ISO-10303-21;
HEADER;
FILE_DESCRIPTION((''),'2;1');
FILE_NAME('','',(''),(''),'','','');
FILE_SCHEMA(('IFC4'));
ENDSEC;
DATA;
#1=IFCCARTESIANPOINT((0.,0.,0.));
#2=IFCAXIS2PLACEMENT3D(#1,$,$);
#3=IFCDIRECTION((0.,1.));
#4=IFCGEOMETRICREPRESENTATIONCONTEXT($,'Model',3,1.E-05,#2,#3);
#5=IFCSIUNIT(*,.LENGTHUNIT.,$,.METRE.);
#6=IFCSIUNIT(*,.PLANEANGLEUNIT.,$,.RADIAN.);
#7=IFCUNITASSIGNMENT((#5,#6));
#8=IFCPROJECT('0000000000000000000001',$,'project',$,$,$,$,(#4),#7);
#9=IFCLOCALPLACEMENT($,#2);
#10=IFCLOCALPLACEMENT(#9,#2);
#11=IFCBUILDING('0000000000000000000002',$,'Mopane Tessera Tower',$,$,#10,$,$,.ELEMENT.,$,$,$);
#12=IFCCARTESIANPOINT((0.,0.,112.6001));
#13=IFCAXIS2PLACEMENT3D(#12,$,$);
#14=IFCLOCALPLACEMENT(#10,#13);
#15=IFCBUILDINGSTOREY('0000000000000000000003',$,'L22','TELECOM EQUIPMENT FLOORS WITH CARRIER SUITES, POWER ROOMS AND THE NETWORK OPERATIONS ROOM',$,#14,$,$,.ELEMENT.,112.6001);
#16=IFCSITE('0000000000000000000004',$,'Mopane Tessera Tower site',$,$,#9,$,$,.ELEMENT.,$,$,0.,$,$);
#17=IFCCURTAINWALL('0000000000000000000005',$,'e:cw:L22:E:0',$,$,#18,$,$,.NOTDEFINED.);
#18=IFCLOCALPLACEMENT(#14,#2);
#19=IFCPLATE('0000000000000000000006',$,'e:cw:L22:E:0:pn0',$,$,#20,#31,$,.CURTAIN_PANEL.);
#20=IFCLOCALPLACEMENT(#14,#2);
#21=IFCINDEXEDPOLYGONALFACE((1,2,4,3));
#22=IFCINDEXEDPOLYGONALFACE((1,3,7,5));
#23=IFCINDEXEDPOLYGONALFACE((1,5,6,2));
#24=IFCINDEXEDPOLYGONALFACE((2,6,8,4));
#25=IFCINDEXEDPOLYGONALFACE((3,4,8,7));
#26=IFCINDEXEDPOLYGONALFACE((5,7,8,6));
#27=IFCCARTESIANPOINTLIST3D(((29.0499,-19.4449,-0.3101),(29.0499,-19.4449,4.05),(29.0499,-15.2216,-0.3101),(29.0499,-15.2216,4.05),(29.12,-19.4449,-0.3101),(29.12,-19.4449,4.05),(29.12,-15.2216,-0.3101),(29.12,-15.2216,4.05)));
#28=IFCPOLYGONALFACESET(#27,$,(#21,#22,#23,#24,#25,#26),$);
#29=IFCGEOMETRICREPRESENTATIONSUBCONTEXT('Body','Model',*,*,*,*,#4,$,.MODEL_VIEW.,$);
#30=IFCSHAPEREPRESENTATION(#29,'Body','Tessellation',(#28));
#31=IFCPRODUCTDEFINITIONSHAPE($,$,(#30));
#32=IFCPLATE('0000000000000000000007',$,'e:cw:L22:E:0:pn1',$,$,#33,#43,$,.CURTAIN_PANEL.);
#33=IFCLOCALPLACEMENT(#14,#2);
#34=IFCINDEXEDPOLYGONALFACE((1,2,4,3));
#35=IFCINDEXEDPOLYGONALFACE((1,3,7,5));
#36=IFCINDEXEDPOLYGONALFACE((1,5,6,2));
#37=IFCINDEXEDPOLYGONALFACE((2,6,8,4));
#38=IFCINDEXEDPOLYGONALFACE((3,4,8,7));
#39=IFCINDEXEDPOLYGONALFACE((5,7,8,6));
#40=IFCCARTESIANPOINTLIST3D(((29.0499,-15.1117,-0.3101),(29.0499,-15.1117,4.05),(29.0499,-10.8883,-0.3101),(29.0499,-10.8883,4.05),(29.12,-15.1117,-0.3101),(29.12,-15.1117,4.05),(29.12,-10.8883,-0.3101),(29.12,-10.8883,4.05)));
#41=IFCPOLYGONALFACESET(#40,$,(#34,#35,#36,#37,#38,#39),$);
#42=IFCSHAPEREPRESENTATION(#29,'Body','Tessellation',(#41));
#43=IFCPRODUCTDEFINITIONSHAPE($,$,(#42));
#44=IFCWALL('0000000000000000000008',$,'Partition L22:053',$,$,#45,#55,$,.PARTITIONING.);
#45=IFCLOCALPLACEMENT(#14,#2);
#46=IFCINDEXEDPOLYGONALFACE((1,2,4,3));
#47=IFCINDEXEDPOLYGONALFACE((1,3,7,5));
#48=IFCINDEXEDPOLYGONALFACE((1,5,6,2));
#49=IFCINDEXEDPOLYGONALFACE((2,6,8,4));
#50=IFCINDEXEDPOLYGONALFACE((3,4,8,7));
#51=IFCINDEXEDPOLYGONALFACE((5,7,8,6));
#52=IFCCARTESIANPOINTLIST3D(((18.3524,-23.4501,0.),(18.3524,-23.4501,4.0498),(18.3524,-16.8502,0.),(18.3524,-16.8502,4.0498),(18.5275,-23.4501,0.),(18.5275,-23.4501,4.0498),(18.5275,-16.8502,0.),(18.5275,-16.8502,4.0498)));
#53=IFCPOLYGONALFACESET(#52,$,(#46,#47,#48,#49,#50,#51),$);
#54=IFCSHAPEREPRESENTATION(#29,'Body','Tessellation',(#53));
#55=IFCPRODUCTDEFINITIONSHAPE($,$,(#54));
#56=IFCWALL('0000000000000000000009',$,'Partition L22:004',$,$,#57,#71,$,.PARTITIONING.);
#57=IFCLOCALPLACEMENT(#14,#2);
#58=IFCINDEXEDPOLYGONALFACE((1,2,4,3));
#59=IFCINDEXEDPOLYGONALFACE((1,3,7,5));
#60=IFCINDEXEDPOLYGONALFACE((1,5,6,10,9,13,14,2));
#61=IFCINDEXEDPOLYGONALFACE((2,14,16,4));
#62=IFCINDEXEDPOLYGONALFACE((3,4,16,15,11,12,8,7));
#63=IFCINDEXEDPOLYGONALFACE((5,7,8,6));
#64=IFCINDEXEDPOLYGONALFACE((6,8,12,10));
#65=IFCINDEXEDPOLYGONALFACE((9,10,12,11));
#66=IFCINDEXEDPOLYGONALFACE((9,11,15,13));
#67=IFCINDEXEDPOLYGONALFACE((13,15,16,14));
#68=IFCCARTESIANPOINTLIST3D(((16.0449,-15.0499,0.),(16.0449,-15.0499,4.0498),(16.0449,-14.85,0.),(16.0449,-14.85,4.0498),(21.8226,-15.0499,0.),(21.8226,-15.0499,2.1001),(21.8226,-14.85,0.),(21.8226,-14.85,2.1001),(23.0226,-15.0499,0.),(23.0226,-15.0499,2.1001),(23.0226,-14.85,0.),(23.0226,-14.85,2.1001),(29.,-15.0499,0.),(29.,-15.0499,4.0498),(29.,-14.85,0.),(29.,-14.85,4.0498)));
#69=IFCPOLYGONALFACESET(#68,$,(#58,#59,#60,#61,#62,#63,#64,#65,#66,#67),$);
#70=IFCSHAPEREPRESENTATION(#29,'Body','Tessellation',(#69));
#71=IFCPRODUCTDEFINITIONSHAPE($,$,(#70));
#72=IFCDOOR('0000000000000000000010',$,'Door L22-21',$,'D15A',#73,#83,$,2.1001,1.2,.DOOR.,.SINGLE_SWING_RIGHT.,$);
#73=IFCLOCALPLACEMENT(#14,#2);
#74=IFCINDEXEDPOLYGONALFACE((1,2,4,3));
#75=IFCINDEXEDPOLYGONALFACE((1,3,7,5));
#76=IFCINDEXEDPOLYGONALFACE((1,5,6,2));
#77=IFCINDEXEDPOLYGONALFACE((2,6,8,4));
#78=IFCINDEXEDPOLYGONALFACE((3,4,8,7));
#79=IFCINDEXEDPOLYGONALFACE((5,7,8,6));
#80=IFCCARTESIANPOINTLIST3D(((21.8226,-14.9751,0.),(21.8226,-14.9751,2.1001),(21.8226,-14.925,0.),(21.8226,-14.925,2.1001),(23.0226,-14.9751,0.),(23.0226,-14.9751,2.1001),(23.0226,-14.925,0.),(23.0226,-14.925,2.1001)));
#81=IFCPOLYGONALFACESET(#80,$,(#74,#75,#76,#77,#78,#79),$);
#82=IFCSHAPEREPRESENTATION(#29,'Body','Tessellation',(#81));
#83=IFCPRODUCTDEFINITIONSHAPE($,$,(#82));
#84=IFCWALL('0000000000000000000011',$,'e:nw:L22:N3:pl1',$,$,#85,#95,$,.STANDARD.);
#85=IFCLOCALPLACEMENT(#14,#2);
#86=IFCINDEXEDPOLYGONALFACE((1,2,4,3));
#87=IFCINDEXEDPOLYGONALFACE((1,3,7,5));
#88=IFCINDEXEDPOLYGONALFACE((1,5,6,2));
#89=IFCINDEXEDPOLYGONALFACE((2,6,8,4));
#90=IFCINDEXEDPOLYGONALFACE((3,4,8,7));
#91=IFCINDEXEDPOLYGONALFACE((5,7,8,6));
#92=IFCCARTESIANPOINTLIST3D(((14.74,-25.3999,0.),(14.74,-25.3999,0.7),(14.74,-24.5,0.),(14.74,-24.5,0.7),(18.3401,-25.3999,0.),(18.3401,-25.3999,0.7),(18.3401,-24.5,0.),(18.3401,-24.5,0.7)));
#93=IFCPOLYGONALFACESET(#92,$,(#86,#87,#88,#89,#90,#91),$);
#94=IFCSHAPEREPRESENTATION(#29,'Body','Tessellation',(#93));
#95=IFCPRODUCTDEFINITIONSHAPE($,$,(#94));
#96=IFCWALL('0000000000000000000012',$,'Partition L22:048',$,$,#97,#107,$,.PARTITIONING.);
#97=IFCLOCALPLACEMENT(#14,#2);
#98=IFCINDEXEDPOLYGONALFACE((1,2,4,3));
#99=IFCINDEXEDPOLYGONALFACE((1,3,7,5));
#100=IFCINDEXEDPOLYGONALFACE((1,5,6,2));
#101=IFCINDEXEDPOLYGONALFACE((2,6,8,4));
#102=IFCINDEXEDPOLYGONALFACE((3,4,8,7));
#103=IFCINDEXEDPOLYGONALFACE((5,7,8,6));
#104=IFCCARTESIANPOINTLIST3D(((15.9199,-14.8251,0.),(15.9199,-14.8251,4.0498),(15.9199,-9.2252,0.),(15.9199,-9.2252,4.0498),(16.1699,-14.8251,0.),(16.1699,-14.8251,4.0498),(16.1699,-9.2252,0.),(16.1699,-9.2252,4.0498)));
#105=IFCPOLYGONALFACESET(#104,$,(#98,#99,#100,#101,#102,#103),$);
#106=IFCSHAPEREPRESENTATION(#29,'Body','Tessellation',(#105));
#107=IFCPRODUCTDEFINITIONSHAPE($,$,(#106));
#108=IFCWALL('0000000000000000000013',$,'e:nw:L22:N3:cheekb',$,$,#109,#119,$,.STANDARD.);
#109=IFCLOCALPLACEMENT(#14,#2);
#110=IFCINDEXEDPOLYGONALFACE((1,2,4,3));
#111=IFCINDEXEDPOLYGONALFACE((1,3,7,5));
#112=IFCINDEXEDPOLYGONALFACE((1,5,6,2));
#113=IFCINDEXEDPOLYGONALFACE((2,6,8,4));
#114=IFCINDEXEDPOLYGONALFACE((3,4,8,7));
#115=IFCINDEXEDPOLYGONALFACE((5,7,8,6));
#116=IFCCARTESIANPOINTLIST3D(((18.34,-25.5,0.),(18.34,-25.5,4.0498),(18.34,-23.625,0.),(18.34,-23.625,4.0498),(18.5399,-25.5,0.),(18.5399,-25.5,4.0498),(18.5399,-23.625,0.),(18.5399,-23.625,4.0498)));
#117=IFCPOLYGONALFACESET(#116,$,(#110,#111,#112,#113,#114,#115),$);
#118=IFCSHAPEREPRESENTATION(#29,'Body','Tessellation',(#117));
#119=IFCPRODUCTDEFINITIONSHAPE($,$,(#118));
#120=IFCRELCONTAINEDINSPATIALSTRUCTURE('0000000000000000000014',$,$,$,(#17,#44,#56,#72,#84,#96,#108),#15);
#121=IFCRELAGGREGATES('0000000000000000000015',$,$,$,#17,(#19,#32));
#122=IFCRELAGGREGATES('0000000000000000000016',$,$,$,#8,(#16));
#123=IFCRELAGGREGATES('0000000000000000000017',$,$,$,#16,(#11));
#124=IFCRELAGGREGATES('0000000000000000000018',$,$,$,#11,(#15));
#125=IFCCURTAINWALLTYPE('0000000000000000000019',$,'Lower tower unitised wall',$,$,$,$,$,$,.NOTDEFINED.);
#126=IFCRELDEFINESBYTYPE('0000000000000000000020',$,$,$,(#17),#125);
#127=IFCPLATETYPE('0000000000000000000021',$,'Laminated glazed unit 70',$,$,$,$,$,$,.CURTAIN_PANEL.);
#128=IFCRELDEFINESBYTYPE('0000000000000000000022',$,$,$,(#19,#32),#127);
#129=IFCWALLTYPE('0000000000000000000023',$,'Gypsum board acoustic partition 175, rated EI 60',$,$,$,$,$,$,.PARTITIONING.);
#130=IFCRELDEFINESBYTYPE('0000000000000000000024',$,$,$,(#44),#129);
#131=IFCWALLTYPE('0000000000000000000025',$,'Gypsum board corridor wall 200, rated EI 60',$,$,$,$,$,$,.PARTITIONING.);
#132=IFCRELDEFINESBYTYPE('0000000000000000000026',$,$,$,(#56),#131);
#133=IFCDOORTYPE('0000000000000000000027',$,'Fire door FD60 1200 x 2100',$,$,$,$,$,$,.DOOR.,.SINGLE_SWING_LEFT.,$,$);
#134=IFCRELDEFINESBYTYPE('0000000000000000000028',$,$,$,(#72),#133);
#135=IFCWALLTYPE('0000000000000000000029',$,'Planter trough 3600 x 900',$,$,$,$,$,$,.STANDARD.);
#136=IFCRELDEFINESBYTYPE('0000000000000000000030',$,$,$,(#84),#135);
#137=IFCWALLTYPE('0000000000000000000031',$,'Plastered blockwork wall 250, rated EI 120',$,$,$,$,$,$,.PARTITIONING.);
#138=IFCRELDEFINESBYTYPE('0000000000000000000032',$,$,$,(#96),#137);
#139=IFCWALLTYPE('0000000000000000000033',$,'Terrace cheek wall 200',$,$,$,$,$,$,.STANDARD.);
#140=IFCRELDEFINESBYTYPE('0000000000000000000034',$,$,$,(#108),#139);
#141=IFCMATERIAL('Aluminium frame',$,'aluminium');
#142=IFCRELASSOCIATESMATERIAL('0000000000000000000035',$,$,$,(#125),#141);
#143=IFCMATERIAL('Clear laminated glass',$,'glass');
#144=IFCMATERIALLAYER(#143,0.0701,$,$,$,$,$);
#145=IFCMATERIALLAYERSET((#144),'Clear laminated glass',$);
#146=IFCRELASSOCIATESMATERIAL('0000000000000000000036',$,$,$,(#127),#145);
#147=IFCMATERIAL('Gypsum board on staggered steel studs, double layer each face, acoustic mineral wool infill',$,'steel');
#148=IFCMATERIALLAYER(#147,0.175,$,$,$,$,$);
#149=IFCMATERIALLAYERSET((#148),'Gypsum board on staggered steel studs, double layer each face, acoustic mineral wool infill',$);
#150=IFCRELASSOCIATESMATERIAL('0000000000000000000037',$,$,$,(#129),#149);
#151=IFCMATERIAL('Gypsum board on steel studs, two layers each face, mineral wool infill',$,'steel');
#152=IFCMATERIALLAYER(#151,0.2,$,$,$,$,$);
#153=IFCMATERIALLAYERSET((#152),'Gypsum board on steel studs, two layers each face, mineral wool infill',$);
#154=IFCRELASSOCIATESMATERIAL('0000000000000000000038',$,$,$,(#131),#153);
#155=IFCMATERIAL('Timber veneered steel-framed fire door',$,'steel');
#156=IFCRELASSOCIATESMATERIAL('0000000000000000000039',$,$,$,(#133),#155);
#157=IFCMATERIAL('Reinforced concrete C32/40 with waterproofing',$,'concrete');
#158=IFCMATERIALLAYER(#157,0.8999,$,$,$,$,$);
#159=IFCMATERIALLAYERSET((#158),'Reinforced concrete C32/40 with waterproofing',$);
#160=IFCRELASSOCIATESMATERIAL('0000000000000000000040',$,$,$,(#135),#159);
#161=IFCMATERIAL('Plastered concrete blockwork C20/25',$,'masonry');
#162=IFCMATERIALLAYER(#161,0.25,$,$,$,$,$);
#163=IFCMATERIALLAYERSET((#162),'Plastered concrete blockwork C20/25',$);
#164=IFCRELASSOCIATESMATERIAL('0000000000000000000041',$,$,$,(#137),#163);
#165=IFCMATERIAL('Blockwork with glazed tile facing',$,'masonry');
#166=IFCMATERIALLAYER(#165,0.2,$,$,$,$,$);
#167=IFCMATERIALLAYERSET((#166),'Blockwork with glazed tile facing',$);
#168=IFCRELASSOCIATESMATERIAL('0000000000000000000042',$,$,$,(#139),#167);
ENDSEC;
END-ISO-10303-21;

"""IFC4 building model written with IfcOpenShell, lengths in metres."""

from ifc_helpers import new_model, si_unit, direction, frame, frame_2d, origin, origin_2d, place, context, subcontext, project, spatial, rectangle, extrude, material, layer, layer_set, type_object, element, fill, aggregate, save


model = new_model("IFC4")

# Units and contexts
model_context = context("Model", 3, precision=1e-05, world=origin(), true_north=direction((0.0, 1.0)))
body_context = subcontext(model_context, "Body", "Model", "MODEL_VIEW")
ifc_project = project(units=[si_unit("LENGTHUNIT", "METRE"), si_unit("PLANEANGLEUNIT", "RADIAN")], contexts=[model_context])

# Site, building, storey
site_placement = place(None, origin())
site = spatial("IfcSite", under=ifc_project, at=site_placement, Name="Mopane Tessera Tower site", CompositionType="ELEMENT", RefElevation=0.0)
building_placement = place(site_placement, origin())
building = spatial("IfcBuilding", under=site, at=building_placement, Name="Mopane Tessera Tower", CompositionType="ELEMENT")
storey_placement = place(building_placement, frame((0.0, 0.0, 112.6001)))
storey = spatial("IfcBuildingStorey", under=building, at=storey_placement, Name="L22", Description="TELECOM EQUIPMENT FLOORS WITH CARRIER SUITES, POWER ROOMS AND THE NETWORK OPERATIONS ROOM", CompositionType="ELEMENT", Elevation=112.6001)

# Curtain wall
ifc_material_1 = material(Name="Aluminium frame", Category="aluminium")
curtain_wall_type = type_object("IfcCurtainWallType", Name="Lower tower unitised wall", PredefinedType="NOTDEFINED", material=ifc_material_1)
curtain_wall_1_placement = place(storey_placement, origin())
curtain_wall_1 = element("IfcCurtainWall", 1, at=curtain_wall_1_placement, inside=storey, type_object=curtain_wall_type, Name="e:cw:L22:E:0", PredefinedType="NOTDEFINED")

# Plates
ifc_material_2 = material(Name="Clear laminated glass", Category="glass")
ifc_layer_1 = layer(ifc_material_2, 0.0701)
ifc_layer_set_1 = layer_set([ifc_layer_1], Name="Clear laminated glass")
plate_type = type_object("IfcPlateType", Name="Laminated glazed unit 70", PredefinedType="CURTAIN_PANEL", material=ifc_layer_set_1)
plate_1_placement = place(storey_placement, frame((29.085, -17.3333, -0.3101), z_axis=(0.0, 0.0, 1.0), x_axis=(0.0, 1.0, 0.0)))
plate_1 = element("IfcPlate", 2, at=plate_1_placement, type_object=plate_type, Name="e:cw:L22:E:0:pn0", PredefinedType="CURTAIN_PANEL", context=body_context, shape_type="SweptSolid", body=[
    extrude(rectangle(XDim=4.2234, YDim=0.0701, at=origin_2d()), origin(), (0.0, 0.0, 1.0), 4.3601),
])
plate_2_placement = place(storey_placement, frame((29.085, -13.0, -0.3101), z_axis=(0.0, 0.0, 1.0), x_axis=(0.0, 1.0, 0.0)))
plate_2 = element("IfcPlate", 3, at=plate_2_placement, type_object=plate_type, Name="e:cw:L22:E:0:pn1", PredefinedType="CURTAIN_PANEL", context=body_context, shape_type="SweptSolid", body=[
    extrude(rectangle(XDim=4.2234, YDim=0.0701, at=origin_2d()), origin(), (0.0, 0.0, 1.0), 4.3601),
])
aggregate(curtain_wall_1, [plate_1, plate_2])

# Wall
ifc_material_3 = material(Name="Gypsum board on staggered steel studs, double layer each face, acoustic mineral wool infill", Category="steel")
ifc_layer_2 = layer(ifc_material_3, 0.175)
ifc_layer_set_2 = layer_set([ifc_layer_2], Name="Gypsum board on staggered steel studs, double layer each face, acoustic mineral wool infill")
wall_type_1 = type_object("IfcWallType", Name="Gypsum board acoustic partition 175, rated EI 60", PredefinedType="PARTITIONING", material=ifc_layer_set_2)
wall_1_placement = place(storey_placement, frame((18.4399, -23.45, 0.0), z_axis=(0.0, 0.0, 1.0), x_axis=(0.0, 1.0, 0.0)))
element("IfcWall", 4, at=wall_1_placement, inside=storey, type_object=wall_type_1, Name="Partition L22:053", PredefinedType="PARTITIONING", context=body_context, shape_type="SweptSolid", body=[
    extrude(rectangle(XDim=6.5999, YDim=0.175, at=frame_2d((3.2998, 0.0))), origin(), (0.0, 0.0, 1.0), 4.0498),
])

# Wall, opening, door
ifc_material_4 = material(Name="Gypsum board on steel studs, two layers each face, mineral wool infill", Category="steel")
ifc_layer_3 = layer(ifc_material_4, 0.2)
ifc_layer_set_3 = layer_set([ifc_layer_3], Name="Gypsum board on steel studs, two layers each face, mineral wool infill")
wall_type_2 = type_object("IfcWallType", Name="Gypsum board corridor wall 200, rated EI 60", PredefinedType="PARTITIONING", material=ifc_layer_set_3)
wall_2_placement = place(storey_placement, frame((16.0449, -14.95, 0.0), z_axis=(0.0, 0.0, 1.0), x_axis=(1.0, 0.0, 0.0)))
wall_2 = element("IfcWall", 5, at=wall_2_placement, inside=storey, type_object=wall_type_2, Name="Partition L22:004", PredefinedType="PARTITIONING", context=body_context, shape_type="SweptSolid", body=[
    extrude(rectangle(XDim=12.9551, YDim=0.2, at=frame_2d((6.4775, 0.0))), origin(), (0.0, 0.0, 1.0), 4.0498),
])
opening_placement = place(wall_2_placement, frame((5.7776, 0.0, 0.0)))
opening = element("IfcOpeningElement", 6, at=opening_placement, cuts=wall_2, PredefinedType="OPENING", context=body_context, shape_type="SweptSolid", body=[
    extrude(rectangle(XDim=1.2, YDim=2.1001, at=frame_2d((0.6001, 1.05))), frame((0.0, 0.1121, 0.0), z_axis=(0.0, -1.0, 0.0), x_axis=(1.0, 0.0, 0.0)), (0.0, 0.0, 1.0), 0.2239),
])
ifc_material_5 = material(Name="Timber veneered steel-framed fire door", Category="steel")
door_type = type_object("IfcDoorType", Name="Fire door FD60 1200 x 2100", OperationType="SINGLE_SWING_LEFT", PredefinedType="DOOR", material=ifc_material_5)
door_placement = place(opening_placement, origin())
door = element("IfcDoor", 7, at=door_placement, inside=storey, type_object=door_type, Name="Door L22-21", ObjectType="D15A", OperationType="SINGLE_SWING_RIGHT", OverallHeight=2.1001, OverallWidth=1.2, PredefinedType="DOOR", context=body_context, shape_type="SweptSolid", body=[
    extrude(rectangle(XDim=1.2, YDim=2.1001, at=frame_2d((0.6001, 1.05))), frame((0.0, 0.0249, 0.0), z_axis=(0.0, -1.0, 0.0), x_axis=(1.0, 0.0, 0.0)), (0.0, 0.0, 1.0), 0.05),
])
fill(opening, door)

# Walls
ifc_material_6 = material(Name="Reinforced concrete C32/40 with waterproofing", Category="concrete")
ifc_layer_4 = layer(ifc_material_6, 0.8999)
ifc_layer_set_4 = layer_set([ifc_layer_4], Name="Reinforced concrete C32/40 with waterproofing")
wall_type_3 = type_object("IfcWallType", Name="Planter trough 3600 x 900", PredefinedType="STANDARD", material=ifc_layer_set_4)
wall_3_placement = place(storey_placement, frame((14.74, -24.95, 0.0), z_axis=(0.0, 0.0, 1.0), x_axis=(1.0, 0.0, 0.0)))
element("IfcWall", 8, at=wall_3_placement, inside=storey, type_object=wall_type_3, Name="e:nw:L22:N3:pl1", PredefinedType="STANDARD", context=body_context, shape_type="SweptSolid", body=[
    extrude(rectangle(XDim=3.6001, YDim=0.8999, at=frame_2d((1.8, 0.0))), origin(), (0.0, 0.0, 1.0), 0.7),
])
ifc_material_7 = material(Name="Plastered concrete blockwork C20/25", Category="masonry")
ifc_layer_5 = layer(ifc_material_7, 0.25)
ifc_layer_set_5 = layer_set([ifc_layer_5], Name="Plastered concrete blockwork C20/25")
wall_type_4 = type_object("IfcWallType", Name="Plastered blockwork wall 250, rated EI 120", PredefinedType="PARTITIONING", material=ifc_layer_set_5)
wall_4_placement = place(storey_placement, frame((16.0449, -14.825, 0.0), z_axis=(0.0, 0.0, 1.0), x_axis=(0.0, 1.0, 0.0)))
element("IfcWall", 9, at=wall_4_placement, inside=storey, type_object=wall_type_4, Name="Partition L22:048", PredefinedType="PARTITIONING", context=body_context, shape_type="SweptSolid", body=[
    extrude(rectangle(XDim=5.5999, YDim=0.25, at=frame_2d((2.7998, 0.0))), origin(), (0.0, 0.0, 1.0), 4.0498),
])
ifc_material_8 = material(Name="Blockwork with glazed tile facing", Category="masonry")
ifc_layer_6 = layer(ifc_material_8, 0.2)
ifc_layer_set_6 = layer_set([ifc_layer_6], Name="Blockwork with glazed tile facing")
wall_type_5 = type_object("IfcWallType", Name="Terrace cheek wall 200", PredefinedType="STANDARD", material=ifc_layer_set_6)
wall_5_placement = place(storey_placement, frame((18.4399, -25.5, 0.0), z_axis=(0.0, 0.0, 1.0), x_axis=(0.0, 1.0, 0.0)))
element("IfcWall", 10, at=wall_5_placement, inside=storey, type_object=wall_type_5, Name="e:nw:L22:N3:cheekb", PredefinedType="STANDARD", context=body_context, shape_type="SweptSolid", body=[
    extrude(rectangle(XDim=1.875, YDim=0.2, at=frame_2d((0.9375, 0.0))), origin(), (0.0, 0.0, 1.0), 4.0498),
])

save(model, "model.ifc")
